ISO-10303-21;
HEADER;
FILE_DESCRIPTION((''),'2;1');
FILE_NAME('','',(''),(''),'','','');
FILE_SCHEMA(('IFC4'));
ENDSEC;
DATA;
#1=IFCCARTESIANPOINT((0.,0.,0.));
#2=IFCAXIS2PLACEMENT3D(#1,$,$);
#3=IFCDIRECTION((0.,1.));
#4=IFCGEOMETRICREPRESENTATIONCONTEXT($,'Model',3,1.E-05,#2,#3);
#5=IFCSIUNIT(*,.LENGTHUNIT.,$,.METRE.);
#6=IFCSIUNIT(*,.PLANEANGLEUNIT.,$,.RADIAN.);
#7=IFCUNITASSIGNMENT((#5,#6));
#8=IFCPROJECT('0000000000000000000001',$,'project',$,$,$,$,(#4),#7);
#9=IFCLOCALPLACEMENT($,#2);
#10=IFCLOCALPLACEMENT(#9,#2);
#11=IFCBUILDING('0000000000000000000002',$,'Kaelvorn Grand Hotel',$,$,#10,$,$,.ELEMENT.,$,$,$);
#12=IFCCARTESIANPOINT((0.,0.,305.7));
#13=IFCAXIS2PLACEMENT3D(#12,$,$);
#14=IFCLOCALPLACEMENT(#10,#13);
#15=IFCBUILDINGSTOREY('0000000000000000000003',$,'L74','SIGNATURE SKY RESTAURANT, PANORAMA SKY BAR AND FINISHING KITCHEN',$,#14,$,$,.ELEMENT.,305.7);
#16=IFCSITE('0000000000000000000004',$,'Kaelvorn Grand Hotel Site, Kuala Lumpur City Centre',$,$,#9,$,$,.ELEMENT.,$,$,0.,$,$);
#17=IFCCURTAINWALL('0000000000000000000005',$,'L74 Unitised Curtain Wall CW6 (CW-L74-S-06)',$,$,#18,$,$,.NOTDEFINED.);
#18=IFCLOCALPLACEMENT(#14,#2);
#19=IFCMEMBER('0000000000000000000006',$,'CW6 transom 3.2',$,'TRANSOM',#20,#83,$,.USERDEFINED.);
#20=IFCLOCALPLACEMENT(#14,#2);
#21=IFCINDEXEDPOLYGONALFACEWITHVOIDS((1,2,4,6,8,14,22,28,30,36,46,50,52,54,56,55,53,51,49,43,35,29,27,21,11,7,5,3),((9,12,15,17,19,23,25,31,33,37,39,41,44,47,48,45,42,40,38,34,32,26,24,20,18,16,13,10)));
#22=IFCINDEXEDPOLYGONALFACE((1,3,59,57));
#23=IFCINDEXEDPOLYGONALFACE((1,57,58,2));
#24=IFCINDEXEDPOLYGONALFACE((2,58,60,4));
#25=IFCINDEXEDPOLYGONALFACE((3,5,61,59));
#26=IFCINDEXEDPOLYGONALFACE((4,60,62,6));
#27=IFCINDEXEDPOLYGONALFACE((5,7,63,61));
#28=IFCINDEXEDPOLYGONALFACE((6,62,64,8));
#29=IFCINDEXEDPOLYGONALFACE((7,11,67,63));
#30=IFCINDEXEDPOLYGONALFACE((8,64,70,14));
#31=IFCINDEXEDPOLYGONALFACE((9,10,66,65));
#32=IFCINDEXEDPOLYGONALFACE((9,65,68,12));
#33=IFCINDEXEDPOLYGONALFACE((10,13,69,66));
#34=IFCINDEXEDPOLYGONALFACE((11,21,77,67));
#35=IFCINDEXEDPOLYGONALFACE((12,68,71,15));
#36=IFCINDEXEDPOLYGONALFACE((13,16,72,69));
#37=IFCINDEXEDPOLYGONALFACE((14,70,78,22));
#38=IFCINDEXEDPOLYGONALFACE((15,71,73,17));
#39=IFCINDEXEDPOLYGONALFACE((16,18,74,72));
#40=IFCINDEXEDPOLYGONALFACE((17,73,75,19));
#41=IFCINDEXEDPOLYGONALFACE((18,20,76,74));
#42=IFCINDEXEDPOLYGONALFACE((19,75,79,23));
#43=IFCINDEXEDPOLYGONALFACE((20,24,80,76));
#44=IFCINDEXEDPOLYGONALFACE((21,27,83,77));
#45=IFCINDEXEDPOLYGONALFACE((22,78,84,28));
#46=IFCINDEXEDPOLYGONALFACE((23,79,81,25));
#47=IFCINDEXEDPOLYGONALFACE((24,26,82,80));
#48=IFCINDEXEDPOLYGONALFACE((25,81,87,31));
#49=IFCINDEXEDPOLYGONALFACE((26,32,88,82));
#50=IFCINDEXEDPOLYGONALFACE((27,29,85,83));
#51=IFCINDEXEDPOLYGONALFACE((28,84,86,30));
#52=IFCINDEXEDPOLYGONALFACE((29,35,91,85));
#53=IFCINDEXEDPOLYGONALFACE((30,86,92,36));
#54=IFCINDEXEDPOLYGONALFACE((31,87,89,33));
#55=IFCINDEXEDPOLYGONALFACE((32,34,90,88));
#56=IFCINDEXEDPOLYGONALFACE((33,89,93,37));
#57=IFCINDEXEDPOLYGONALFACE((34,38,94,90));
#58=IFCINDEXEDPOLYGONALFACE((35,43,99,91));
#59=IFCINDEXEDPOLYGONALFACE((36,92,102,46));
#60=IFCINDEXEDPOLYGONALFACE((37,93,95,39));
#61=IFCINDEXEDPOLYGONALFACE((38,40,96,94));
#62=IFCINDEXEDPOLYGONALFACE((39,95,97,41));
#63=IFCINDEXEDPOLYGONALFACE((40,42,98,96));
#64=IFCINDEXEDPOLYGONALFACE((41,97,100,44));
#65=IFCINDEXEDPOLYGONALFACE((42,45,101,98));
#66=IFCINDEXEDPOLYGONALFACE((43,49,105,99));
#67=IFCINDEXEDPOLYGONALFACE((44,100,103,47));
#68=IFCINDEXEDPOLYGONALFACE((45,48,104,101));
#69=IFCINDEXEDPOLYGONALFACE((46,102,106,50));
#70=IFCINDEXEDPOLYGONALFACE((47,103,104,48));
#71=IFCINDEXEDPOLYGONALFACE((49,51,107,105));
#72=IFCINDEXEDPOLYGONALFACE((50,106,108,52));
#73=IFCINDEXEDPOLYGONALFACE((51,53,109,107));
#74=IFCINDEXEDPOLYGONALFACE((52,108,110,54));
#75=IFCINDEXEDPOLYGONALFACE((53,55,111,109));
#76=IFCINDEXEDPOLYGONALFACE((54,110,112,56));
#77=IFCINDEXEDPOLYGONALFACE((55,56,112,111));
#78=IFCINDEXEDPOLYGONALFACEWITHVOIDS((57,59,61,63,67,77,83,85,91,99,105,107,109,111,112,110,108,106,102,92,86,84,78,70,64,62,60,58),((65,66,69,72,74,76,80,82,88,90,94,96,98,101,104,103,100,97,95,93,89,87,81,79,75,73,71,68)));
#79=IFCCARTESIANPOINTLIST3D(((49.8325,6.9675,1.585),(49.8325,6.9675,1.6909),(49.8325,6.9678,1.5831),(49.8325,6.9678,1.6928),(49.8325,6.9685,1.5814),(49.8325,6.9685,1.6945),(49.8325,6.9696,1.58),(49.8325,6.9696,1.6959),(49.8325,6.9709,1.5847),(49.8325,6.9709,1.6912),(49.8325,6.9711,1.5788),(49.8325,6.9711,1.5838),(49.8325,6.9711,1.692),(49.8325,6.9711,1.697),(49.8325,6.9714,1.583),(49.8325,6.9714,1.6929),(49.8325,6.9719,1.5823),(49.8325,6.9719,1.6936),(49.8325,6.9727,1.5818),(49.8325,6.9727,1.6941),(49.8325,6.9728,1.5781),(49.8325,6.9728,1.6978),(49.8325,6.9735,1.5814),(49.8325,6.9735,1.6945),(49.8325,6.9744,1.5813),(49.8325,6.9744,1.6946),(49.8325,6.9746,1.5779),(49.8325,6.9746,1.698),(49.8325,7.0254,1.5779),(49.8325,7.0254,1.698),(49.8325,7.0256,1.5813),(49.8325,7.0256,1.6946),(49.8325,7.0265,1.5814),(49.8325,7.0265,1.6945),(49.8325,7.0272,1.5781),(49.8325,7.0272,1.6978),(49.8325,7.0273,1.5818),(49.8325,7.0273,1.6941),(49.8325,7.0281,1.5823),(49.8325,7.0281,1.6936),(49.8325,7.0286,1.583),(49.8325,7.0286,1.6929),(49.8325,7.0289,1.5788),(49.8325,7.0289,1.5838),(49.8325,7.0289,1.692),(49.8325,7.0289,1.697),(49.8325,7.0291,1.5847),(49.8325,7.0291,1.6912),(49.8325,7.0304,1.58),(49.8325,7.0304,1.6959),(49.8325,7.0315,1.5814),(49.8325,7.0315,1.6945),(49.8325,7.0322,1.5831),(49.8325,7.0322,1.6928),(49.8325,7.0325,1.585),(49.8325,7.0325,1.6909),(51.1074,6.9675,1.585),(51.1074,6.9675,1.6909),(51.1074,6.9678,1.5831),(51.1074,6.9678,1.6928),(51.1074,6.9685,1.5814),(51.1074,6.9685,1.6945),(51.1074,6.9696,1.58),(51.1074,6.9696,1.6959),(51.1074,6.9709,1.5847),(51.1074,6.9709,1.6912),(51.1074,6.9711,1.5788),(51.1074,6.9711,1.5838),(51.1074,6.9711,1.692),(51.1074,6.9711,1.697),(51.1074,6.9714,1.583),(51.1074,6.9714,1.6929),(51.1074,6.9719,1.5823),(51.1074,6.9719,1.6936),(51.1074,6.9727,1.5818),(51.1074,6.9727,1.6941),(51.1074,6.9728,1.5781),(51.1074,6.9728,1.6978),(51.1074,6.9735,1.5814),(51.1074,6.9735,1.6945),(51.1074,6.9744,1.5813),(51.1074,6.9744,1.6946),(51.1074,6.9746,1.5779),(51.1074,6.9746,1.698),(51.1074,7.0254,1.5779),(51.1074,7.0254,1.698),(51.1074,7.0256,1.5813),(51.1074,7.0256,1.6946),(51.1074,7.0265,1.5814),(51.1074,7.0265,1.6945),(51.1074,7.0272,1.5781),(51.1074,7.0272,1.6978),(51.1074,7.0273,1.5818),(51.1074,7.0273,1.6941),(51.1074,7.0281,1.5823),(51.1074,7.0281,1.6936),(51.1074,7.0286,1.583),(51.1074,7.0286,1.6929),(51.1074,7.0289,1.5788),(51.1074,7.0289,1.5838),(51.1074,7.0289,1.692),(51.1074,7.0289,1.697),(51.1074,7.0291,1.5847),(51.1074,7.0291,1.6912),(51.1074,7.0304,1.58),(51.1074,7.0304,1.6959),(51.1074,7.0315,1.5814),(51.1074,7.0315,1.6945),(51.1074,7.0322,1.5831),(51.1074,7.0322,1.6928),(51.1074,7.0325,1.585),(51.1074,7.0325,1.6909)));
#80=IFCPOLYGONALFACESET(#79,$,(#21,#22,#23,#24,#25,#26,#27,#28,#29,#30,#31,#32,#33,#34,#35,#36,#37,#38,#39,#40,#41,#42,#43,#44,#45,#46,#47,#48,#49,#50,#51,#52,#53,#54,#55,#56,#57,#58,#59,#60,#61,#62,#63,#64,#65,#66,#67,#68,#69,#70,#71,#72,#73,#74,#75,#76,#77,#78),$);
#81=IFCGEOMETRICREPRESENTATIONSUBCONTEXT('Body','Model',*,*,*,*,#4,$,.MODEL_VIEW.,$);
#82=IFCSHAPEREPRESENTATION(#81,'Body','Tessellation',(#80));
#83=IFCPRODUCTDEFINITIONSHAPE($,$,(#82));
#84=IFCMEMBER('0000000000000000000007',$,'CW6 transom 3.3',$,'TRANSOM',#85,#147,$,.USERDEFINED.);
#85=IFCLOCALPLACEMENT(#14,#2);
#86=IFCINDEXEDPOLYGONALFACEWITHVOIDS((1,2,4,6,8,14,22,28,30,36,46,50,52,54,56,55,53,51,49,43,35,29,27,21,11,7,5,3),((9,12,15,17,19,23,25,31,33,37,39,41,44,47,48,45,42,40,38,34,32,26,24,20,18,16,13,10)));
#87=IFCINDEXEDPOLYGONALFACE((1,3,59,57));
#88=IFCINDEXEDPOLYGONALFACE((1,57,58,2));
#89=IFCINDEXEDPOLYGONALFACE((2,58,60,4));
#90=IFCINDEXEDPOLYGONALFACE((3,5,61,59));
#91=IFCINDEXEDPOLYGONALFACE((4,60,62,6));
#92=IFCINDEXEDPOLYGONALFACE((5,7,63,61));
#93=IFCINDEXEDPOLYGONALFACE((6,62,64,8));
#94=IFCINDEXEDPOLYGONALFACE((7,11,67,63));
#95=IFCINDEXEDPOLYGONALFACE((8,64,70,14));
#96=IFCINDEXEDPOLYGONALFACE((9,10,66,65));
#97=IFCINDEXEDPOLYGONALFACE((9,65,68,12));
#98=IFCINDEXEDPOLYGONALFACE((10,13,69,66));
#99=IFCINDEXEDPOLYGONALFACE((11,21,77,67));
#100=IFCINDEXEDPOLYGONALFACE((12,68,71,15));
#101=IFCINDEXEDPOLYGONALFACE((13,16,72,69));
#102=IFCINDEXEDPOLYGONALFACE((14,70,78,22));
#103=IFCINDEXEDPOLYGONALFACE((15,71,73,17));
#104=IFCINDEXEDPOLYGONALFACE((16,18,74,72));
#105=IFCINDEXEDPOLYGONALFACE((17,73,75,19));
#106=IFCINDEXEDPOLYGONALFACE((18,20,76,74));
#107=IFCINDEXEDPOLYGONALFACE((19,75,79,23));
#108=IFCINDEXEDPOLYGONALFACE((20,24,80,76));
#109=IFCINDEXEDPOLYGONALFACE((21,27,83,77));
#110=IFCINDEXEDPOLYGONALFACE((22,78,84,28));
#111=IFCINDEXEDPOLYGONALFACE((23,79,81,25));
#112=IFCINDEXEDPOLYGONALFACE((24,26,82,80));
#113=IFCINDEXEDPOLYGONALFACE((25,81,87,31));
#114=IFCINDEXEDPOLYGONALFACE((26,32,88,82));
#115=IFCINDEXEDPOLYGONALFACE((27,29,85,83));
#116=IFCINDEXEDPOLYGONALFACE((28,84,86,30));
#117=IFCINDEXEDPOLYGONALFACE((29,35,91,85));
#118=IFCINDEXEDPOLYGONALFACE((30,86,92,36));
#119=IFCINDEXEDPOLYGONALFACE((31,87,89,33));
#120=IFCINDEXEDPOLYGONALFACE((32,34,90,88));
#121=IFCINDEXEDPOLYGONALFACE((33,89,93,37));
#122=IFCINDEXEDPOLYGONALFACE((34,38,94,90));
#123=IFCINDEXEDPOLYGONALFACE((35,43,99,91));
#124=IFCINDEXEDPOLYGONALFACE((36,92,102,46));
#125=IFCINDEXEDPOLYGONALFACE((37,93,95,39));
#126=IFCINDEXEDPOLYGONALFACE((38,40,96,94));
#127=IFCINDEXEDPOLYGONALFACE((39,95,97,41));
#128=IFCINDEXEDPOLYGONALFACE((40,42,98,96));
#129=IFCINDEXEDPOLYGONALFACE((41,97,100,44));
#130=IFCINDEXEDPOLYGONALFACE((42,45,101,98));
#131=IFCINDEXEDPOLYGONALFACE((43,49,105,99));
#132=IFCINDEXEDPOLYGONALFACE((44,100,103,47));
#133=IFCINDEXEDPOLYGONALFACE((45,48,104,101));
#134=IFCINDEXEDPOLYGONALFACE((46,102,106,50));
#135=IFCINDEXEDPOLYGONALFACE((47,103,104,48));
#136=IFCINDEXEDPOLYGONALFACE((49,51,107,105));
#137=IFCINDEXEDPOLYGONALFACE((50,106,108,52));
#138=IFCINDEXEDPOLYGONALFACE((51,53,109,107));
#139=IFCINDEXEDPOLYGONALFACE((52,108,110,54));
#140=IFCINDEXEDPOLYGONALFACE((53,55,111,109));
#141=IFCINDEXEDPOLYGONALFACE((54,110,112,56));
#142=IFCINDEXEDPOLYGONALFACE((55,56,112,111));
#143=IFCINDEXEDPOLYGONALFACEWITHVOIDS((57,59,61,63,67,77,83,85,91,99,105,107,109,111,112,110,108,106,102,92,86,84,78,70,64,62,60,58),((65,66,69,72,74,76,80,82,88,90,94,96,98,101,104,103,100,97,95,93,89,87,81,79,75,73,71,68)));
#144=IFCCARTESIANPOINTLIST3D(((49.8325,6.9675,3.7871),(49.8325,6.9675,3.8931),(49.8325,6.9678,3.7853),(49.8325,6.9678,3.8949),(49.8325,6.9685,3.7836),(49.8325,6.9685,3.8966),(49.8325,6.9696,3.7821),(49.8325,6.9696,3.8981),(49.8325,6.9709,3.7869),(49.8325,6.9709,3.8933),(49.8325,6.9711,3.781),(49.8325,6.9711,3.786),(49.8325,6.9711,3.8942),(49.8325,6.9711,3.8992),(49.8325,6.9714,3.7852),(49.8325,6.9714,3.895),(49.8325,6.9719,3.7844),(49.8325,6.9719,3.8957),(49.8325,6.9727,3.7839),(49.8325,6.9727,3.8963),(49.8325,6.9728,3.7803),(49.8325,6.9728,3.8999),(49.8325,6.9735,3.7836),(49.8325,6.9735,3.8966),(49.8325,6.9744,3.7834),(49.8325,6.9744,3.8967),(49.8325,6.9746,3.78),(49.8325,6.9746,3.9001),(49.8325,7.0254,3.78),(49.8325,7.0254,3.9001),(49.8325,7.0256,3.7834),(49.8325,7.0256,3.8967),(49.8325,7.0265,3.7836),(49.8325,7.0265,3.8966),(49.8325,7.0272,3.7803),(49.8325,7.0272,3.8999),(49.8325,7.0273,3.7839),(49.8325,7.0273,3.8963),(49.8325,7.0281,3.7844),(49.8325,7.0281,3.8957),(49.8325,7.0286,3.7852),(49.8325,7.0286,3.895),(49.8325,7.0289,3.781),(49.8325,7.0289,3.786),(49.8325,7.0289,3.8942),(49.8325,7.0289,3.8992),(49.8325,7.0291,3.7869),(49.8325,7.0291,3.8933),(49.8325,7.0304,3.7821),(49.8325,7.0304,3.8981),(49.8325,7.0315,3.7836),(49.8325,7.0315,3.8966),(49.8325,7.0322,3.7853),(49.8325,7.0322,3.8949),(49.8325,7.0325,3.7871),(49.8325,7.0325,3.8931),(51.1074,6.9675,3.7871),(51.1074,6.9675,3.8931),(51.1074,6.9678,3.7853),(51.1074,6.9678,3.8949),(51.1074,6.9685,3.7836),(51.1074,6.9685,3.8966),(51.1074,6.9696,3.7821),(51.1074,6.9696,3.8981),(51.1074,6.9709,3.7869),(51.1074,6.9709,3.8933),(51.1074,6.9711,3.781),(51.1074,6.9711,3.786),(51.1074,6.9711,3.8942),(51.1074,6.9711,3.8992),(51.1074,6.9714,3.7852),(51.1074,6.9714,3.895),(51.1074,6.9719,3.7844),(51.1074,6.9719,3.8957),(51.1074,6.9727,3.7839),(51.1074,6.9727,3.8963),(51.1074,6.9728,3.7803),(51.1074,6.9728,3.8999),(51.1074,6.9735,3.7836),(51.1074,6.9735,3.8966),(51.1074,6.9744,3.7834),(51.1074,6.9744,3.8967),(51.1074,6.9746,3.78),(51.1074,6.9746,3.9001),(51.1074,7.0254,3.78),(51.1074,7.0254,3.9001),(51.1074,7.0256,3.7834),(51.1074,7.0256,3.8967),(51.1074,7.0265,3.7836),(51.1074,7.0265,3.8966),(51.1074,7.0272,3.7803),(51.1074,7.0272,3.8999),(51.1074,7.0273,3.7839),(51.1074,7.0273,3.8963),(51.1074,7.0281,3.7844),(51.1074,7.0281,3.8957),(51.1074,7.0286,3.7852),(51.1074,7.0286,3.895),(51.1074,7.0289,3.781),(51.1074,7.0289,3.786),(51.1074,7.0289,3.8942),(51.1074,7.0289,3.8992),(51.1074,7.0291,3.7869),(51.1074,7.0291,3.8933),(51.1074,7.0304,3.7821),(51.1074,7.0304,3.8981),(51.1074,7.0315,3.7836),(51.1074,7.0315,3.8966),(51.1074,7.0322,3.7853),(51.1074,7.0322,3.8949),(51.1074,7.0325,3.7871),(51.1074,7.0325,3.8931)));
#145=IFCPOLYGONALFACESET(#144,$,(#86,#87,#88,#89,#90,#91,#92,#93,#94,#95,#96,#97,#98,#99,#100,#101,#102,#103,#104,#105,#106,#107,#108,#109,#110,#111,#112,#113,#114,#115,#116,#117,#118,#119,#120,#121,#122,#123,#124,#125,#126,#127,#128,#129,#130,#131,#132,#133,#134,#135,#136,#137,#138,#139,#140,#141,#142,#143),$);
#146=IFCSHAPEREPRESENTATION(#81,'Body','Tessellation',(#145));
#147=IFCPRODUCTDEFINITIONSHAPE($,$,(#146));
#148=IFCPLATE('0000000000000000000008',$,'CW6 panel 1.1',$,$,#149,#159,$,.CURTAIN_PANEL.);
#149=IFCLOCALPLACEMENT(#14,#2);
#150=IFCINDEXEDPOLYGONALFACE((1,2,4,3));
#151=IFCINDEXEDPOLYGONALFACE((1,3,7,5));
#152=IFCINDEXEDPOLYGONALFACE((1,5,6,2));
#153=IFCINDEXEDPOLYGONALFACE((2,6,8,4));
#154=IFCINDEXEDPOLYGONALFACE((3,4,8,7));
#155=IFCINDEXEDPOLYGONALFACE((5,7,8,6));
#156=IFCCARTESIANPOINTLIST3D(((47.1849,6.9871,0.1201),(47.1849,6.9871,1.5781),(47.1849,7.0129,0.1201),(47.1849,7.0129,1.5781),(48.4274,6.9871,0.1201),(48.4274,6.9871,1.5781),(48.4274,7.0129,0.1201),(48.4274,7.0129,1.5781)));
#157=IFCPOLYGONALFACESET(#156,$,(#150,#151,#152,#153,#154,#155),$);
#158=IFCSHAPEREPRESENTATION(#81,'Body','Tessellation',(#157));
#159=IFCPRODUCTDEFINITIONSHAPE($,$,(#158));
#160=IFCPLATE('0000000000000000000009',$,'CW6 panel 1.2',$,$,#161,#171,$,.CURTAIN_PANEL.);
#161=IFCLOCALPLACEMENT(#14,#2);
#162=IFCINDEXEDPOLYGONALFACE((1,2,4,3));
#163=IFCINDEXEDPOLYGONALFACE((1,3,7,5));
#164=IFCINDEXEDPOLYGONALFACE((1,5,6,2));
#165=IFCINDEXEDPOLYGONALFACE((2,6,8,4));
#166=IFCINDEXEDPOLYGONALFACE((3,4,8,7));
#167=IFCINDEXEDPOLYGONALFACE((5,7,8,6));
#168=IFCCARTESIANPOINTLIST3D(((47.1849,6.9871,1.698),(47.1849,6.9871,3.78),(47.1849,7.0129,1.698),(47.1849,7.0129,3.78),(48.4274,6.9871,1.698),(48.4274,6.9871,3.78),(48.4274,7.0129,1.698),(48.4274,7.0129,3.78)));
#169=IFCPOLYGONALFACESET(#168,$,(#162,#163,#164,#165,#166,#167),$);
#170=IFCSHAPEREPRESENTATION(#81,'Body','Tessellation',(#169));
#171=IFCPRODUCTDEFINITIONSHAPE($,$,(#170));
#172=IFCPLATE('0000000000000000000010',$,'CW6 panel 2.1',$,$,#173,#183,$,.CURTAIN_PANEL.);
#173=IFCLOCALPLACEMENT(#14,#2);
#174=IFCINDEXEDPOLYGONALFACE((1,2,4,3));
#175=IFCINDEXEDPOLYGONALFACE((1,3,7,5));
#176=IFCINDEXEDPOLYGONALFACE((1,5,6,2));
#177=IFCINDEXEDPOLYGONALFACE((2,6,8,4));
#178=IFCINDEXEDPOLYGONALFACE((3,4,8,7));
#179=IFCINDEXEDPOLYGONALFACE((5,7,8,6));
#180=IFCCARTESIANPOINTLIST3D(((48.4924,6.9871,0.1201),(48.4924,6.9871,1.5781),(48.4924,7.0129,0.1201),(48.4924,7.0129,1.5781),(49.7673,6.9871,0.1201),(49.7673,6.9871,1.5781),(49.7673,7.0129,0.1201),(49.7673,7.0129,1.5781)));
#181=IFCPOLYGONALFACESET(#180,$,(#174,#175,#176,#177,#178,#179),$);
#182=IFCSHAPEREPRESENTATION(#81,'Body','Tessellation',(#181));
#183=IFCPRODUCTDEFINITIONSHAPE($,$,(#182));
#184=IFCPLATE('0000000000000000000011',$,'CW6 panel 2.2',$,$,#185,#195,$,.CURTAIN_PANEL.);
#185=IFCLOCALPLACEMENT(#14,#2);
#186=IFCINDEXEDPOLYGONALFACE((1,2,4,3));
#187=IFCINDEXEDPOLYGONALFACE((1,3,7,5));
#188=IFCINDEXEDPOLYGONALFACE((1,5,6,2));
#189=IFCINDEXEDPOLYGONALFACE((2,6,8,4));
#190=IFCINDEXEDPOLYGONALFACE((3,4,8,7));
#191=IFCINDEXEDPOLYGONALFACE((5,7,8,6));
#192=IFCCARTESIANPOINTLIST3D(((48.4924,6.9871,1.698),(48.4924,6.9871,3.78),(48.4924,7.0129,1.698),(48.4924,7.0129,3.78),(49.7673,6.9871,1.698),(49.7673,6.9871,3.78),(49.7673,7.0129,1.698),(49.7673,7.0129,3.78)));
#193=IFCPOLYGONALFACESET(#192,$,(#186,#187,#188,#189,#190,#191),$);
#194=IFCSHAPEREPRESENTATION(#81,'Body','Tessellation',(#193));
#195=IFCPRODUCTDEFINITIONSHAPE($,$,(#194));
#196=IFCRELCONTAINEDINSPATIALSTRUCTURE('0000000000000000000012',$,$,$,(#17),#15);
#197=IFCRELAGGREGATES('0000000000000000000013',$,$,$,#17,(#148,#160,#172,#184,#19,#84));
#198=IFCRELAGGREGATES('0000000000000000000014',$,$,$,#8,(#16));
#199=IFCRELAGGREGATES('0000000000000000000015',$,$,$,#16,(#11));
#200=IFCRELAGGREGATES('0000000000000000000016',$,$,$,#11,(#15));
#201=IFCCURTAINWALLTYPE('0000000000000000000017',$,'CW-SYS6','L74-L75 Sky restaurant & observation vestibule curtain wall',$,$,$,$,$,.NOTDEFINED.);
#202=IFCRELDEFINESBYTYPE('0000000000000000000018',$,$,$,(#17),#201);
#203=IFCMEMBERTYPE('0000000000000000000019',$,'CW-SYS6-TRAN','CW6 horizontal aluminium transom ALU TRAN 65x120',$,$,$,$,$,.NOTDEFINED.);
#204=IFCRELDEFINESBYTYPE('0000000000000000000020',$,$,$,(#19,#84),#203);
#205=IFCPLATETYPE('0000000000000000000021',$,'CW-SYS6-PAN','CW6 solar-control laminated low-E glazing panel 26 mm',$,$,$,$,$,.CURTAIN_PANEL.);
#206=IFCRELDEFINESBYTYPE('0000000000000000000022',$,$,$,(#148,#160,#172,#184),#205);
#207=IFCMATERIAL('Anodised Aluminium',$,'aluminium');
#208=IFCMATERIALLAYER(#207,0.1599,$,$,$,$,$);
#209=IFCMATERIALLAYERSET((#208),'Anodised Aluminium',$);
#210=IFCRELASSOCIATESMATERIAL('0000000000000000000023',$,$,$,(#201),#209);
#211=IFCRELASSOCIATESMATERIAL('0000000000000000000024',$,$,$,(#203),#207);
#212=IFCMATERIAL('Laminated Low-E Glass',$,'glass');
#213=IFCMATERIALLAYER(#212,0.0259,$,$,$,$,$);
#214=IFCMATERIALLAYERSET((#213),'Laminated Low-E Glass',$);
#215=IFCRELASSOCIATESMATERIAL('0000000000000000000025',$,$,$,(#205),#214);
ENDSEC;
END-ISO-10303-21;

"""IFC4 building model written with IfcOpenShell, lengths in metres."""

from ifc_helpers import new_model, si_unit, direction, frame, origin, origin_2d, place, context, subcontext, project, spatial, rectangle, hollow_rectangle, extrude, material, layer, layer_set, material_profile, profile_set, type_object, element, aggregate, save


model = new_model("IFC4")

# Units and contexts
model_context = context("Model", 3, precision=1e-05, world=origin(), true_north=direction((0.0, 1.0)))
body_context = subcontext(model_context, "Body", "Model", "MODEL_VIEW")
ifc_project = project(units=[si_unit("LENGTHUNIT", "METRE"), si_unit("PLANEANGLEUNIT", "RADIAN")], contexts=[model_context])

# Site, building, storey
site_placement = place(None, origin())
site = spatial("IfcSite", under=ifc_project, at=site_placement, Name="Kaelvorn Grand Hotel Site, Kuala Lumpur City Centre", CompositionType="ELEMENT", RefElevation=0.0)
building_placement = place(site_placement, origin())
building = spatial("IfcBuilding", under=site, at=building_placement, Name="Kaelvorn Grand Hotel", CompositionType="ELEMENT")
storey_placement = place(building_placement, frame((0.0, 0.0, 305.7)))
storey = spatial("IfcBuildingStorey", under=building, at=storey_placement, Name="L74", Description="SIGNATURE SKY RESTAURANT, PANORAMA SKY BAR AND FINISHING KITCHEN", CompositionType="ELEMENT", Elevation=305.7)

# Curtain wall, members, plates
ifc_material_1 = material(Name="Anodised Aluminium", Category="aluminium")
ifc_layer_1 = layer(ifc_material_1, 0.1599)
ifc_layer_set_1 = layer_set([ifc_layer_1], Name="Anodised Aluminium")
curtain_wall_type = type_object("IfcCurtainWallType", Name="CW-SYS6", Description="L74-L75 Sky restaurant & observation vestibule curtain wall", PredefinedType="NOTDEFINED", material=ifc_layer_set_1)
curtain_wall_placement = place(storey_placement, origin())
curtain_wall = element("IfcCurtainWall", 1, at=curtain_wall_placement, inside=storey, type_object=curtain_wall_type, Name="L74 Unitised Curtain Wall CW6 (CW-L74-S-06)", PredefinedType="NOTDEFINED")
ifc_material_profile_1 = material_profile(ifc_material_1, hollow_rectangle(XDim=0.0649, YDim=0.1201, WallThickness=0.0034, InnerFilletRadius=0.0034, OuterFilletRadius=0.0071, at=origin_2d()), Name="ALU TRAN 65x120")
ifc_profile_set_1 = profile_set([ifc_material_profile_1], Name="Anodised Aluminium")
member_type_1 = type_object("IfcMemberType", Name="CW-SYS6-TRAN", Description="CW6 horizontal aluminium transom ALU TRAN 65x120", PredefinedType="NOTDEFINED", material=ifc_profile_set_1)
member_1_placement = place(storey_placement, frame((49.8325, 7.0, 1.6379), z_axis=(1.0, 0.0, 0.0), x_axis=(0.0, 1.0, 0.0)))
member_1 = element("IfcMember", 2, at=member_1_placement, type_object=member_type_1, Name="CW6 transom 3.2", ObjectType="TRANSOM", PredefinedType="USERDEFINED", context=body_context, shape_type="SweptSolid", body=[
    extrude(hollow_rectangle(XDim=0.0649, YDim=0.1201, WallThickness=0.0034, InnerFilletRadius=0.0034, OuterFilletRadius=0.0071, at=origin_2d()), origin(), (0.0, 0.0, 1.0), 1.2749),
])
member_2_placement = place(storey_placement, frame((49.8325, 7.0, 3.8401), z_axis=(1.0, 0.0, 0.0), x_axis=(0.0, 1.0, 0.0)))
member_2 = element("IfcMember", 3, at=member_2_placement, type_object=member_type_1, Name="CW6 transom 3.3", ObjectType="TRANSOM", PredefinedType="USERDEFINED", context=body_context, shape_type="SweptSolid", body=[
    extrude(hollow_rectangle(XDim=0.0649, YDim=0.1201, WallThickness=0.0034, InnerFilletRadius=0.0034, OuterFilletRadius=0.0071, at=origin_2d()), origin(), (0.0, 0.0, 1.0), 1.2749),
])
ifc_material_2 = material(Name="Laminated Low-E Glass", Category="glass")
ifc_layer_2 = layer(ifc_material_2, 0.0259)
ifc_layer_set_2 = layer_set([ifc_layer_2], Name="Laminated Low-E Glass")
plate_type = type_object("IfcPlateType", Name="CW-SYS6-PAN", Description="CW6 solar-control laminated low-E glazing panel 26 mm", PredefinedType="CURTAIN_PANEL", material=ifc_layer_set_2)
plate_1_placement = place(storey_placement, frame((47.8062, 7.0, 0.1201), z_axis=(0.0, 0.0, 1.0), x_axis=(1.0, 0.0, 0.0)))
plate_1 = element("IfcPlate", 4, at=plate_1_placement, type_object=plate_type, Name="CW6 panel 1.1", PredefinedType="CURTAIN_PANEL", context=body_context, shape_type="SweptSolid", body=[
    extrude(rectangle(XDim=1.2424, YDim=0.0259, at=origin_2d()), origin(), (0.0, 0.0, 1.0), 1.458),
])
plate_2_placement = place(storey_placement, frame((47.8062, 7.0, 1.698), z_axis=(0.0, 0.0, 1.0), x_axis=(1.0, 0.0, 0.0)))
plate_2 = element("IfcPlate", 5, at=plate_2_placement, type_object=plate_type, Name="CW6 panel 1.2", PredefinedType="CURTAIN_PANEL", context=body_context, shape_type="SweptSolid", body=[
    extrude(rectangle(XDim=1.2424, YDim=0.0259, at=origin_2d()), origin(), (0.0, 0.0, 1.0), 2.082),
])
plate_3_placement = place(storey_placement, frame((49.1299, 7.0, 0.1201), z_axis=(0.0, 0.0, 1.0), x_axis=(1.0, 0.0, 0.0)))
plate_3 = element("IfcPlate", 6, at=plate_3_placement, type_object=plate_type, Name="CW6 panel 2.1", PredefinedType="CURTAIN_PANEL", context=body_context, shape_type="SweptSolid", body=[
    extrude(rectangle(XDim=1.2749, YDim=0.0259, at=origin_2d()), origin(), (0.0, 0.0, 1.0), 1.458),
])
plate_4_placement = place(storey_placement, frame((49.1299, 7.0, 1.698), z_axis=(0.0, 0.0, 1.0), x_axis=(1.0, 0.0, 0.0)))
plate_4 = element("IfcPlate", 7, at=plate_4_placement, type_object=plate_type, Name="CW6 panel 2.2", PredefinedType="CURTAIN_PANEL", context=body_context, shape_type="SweptSolid", body=[
    extrude(rectangle(XDim=1.2749, YDim=0.0259, at=origin_2d()), origin(), (0.0, 0.0, 1.0), 2.082),
])
aggregate(curtain_wall, [plate_1, plate_2, plate_3, plate_4, member_1, member_2])

save(model, "model.ifc")
